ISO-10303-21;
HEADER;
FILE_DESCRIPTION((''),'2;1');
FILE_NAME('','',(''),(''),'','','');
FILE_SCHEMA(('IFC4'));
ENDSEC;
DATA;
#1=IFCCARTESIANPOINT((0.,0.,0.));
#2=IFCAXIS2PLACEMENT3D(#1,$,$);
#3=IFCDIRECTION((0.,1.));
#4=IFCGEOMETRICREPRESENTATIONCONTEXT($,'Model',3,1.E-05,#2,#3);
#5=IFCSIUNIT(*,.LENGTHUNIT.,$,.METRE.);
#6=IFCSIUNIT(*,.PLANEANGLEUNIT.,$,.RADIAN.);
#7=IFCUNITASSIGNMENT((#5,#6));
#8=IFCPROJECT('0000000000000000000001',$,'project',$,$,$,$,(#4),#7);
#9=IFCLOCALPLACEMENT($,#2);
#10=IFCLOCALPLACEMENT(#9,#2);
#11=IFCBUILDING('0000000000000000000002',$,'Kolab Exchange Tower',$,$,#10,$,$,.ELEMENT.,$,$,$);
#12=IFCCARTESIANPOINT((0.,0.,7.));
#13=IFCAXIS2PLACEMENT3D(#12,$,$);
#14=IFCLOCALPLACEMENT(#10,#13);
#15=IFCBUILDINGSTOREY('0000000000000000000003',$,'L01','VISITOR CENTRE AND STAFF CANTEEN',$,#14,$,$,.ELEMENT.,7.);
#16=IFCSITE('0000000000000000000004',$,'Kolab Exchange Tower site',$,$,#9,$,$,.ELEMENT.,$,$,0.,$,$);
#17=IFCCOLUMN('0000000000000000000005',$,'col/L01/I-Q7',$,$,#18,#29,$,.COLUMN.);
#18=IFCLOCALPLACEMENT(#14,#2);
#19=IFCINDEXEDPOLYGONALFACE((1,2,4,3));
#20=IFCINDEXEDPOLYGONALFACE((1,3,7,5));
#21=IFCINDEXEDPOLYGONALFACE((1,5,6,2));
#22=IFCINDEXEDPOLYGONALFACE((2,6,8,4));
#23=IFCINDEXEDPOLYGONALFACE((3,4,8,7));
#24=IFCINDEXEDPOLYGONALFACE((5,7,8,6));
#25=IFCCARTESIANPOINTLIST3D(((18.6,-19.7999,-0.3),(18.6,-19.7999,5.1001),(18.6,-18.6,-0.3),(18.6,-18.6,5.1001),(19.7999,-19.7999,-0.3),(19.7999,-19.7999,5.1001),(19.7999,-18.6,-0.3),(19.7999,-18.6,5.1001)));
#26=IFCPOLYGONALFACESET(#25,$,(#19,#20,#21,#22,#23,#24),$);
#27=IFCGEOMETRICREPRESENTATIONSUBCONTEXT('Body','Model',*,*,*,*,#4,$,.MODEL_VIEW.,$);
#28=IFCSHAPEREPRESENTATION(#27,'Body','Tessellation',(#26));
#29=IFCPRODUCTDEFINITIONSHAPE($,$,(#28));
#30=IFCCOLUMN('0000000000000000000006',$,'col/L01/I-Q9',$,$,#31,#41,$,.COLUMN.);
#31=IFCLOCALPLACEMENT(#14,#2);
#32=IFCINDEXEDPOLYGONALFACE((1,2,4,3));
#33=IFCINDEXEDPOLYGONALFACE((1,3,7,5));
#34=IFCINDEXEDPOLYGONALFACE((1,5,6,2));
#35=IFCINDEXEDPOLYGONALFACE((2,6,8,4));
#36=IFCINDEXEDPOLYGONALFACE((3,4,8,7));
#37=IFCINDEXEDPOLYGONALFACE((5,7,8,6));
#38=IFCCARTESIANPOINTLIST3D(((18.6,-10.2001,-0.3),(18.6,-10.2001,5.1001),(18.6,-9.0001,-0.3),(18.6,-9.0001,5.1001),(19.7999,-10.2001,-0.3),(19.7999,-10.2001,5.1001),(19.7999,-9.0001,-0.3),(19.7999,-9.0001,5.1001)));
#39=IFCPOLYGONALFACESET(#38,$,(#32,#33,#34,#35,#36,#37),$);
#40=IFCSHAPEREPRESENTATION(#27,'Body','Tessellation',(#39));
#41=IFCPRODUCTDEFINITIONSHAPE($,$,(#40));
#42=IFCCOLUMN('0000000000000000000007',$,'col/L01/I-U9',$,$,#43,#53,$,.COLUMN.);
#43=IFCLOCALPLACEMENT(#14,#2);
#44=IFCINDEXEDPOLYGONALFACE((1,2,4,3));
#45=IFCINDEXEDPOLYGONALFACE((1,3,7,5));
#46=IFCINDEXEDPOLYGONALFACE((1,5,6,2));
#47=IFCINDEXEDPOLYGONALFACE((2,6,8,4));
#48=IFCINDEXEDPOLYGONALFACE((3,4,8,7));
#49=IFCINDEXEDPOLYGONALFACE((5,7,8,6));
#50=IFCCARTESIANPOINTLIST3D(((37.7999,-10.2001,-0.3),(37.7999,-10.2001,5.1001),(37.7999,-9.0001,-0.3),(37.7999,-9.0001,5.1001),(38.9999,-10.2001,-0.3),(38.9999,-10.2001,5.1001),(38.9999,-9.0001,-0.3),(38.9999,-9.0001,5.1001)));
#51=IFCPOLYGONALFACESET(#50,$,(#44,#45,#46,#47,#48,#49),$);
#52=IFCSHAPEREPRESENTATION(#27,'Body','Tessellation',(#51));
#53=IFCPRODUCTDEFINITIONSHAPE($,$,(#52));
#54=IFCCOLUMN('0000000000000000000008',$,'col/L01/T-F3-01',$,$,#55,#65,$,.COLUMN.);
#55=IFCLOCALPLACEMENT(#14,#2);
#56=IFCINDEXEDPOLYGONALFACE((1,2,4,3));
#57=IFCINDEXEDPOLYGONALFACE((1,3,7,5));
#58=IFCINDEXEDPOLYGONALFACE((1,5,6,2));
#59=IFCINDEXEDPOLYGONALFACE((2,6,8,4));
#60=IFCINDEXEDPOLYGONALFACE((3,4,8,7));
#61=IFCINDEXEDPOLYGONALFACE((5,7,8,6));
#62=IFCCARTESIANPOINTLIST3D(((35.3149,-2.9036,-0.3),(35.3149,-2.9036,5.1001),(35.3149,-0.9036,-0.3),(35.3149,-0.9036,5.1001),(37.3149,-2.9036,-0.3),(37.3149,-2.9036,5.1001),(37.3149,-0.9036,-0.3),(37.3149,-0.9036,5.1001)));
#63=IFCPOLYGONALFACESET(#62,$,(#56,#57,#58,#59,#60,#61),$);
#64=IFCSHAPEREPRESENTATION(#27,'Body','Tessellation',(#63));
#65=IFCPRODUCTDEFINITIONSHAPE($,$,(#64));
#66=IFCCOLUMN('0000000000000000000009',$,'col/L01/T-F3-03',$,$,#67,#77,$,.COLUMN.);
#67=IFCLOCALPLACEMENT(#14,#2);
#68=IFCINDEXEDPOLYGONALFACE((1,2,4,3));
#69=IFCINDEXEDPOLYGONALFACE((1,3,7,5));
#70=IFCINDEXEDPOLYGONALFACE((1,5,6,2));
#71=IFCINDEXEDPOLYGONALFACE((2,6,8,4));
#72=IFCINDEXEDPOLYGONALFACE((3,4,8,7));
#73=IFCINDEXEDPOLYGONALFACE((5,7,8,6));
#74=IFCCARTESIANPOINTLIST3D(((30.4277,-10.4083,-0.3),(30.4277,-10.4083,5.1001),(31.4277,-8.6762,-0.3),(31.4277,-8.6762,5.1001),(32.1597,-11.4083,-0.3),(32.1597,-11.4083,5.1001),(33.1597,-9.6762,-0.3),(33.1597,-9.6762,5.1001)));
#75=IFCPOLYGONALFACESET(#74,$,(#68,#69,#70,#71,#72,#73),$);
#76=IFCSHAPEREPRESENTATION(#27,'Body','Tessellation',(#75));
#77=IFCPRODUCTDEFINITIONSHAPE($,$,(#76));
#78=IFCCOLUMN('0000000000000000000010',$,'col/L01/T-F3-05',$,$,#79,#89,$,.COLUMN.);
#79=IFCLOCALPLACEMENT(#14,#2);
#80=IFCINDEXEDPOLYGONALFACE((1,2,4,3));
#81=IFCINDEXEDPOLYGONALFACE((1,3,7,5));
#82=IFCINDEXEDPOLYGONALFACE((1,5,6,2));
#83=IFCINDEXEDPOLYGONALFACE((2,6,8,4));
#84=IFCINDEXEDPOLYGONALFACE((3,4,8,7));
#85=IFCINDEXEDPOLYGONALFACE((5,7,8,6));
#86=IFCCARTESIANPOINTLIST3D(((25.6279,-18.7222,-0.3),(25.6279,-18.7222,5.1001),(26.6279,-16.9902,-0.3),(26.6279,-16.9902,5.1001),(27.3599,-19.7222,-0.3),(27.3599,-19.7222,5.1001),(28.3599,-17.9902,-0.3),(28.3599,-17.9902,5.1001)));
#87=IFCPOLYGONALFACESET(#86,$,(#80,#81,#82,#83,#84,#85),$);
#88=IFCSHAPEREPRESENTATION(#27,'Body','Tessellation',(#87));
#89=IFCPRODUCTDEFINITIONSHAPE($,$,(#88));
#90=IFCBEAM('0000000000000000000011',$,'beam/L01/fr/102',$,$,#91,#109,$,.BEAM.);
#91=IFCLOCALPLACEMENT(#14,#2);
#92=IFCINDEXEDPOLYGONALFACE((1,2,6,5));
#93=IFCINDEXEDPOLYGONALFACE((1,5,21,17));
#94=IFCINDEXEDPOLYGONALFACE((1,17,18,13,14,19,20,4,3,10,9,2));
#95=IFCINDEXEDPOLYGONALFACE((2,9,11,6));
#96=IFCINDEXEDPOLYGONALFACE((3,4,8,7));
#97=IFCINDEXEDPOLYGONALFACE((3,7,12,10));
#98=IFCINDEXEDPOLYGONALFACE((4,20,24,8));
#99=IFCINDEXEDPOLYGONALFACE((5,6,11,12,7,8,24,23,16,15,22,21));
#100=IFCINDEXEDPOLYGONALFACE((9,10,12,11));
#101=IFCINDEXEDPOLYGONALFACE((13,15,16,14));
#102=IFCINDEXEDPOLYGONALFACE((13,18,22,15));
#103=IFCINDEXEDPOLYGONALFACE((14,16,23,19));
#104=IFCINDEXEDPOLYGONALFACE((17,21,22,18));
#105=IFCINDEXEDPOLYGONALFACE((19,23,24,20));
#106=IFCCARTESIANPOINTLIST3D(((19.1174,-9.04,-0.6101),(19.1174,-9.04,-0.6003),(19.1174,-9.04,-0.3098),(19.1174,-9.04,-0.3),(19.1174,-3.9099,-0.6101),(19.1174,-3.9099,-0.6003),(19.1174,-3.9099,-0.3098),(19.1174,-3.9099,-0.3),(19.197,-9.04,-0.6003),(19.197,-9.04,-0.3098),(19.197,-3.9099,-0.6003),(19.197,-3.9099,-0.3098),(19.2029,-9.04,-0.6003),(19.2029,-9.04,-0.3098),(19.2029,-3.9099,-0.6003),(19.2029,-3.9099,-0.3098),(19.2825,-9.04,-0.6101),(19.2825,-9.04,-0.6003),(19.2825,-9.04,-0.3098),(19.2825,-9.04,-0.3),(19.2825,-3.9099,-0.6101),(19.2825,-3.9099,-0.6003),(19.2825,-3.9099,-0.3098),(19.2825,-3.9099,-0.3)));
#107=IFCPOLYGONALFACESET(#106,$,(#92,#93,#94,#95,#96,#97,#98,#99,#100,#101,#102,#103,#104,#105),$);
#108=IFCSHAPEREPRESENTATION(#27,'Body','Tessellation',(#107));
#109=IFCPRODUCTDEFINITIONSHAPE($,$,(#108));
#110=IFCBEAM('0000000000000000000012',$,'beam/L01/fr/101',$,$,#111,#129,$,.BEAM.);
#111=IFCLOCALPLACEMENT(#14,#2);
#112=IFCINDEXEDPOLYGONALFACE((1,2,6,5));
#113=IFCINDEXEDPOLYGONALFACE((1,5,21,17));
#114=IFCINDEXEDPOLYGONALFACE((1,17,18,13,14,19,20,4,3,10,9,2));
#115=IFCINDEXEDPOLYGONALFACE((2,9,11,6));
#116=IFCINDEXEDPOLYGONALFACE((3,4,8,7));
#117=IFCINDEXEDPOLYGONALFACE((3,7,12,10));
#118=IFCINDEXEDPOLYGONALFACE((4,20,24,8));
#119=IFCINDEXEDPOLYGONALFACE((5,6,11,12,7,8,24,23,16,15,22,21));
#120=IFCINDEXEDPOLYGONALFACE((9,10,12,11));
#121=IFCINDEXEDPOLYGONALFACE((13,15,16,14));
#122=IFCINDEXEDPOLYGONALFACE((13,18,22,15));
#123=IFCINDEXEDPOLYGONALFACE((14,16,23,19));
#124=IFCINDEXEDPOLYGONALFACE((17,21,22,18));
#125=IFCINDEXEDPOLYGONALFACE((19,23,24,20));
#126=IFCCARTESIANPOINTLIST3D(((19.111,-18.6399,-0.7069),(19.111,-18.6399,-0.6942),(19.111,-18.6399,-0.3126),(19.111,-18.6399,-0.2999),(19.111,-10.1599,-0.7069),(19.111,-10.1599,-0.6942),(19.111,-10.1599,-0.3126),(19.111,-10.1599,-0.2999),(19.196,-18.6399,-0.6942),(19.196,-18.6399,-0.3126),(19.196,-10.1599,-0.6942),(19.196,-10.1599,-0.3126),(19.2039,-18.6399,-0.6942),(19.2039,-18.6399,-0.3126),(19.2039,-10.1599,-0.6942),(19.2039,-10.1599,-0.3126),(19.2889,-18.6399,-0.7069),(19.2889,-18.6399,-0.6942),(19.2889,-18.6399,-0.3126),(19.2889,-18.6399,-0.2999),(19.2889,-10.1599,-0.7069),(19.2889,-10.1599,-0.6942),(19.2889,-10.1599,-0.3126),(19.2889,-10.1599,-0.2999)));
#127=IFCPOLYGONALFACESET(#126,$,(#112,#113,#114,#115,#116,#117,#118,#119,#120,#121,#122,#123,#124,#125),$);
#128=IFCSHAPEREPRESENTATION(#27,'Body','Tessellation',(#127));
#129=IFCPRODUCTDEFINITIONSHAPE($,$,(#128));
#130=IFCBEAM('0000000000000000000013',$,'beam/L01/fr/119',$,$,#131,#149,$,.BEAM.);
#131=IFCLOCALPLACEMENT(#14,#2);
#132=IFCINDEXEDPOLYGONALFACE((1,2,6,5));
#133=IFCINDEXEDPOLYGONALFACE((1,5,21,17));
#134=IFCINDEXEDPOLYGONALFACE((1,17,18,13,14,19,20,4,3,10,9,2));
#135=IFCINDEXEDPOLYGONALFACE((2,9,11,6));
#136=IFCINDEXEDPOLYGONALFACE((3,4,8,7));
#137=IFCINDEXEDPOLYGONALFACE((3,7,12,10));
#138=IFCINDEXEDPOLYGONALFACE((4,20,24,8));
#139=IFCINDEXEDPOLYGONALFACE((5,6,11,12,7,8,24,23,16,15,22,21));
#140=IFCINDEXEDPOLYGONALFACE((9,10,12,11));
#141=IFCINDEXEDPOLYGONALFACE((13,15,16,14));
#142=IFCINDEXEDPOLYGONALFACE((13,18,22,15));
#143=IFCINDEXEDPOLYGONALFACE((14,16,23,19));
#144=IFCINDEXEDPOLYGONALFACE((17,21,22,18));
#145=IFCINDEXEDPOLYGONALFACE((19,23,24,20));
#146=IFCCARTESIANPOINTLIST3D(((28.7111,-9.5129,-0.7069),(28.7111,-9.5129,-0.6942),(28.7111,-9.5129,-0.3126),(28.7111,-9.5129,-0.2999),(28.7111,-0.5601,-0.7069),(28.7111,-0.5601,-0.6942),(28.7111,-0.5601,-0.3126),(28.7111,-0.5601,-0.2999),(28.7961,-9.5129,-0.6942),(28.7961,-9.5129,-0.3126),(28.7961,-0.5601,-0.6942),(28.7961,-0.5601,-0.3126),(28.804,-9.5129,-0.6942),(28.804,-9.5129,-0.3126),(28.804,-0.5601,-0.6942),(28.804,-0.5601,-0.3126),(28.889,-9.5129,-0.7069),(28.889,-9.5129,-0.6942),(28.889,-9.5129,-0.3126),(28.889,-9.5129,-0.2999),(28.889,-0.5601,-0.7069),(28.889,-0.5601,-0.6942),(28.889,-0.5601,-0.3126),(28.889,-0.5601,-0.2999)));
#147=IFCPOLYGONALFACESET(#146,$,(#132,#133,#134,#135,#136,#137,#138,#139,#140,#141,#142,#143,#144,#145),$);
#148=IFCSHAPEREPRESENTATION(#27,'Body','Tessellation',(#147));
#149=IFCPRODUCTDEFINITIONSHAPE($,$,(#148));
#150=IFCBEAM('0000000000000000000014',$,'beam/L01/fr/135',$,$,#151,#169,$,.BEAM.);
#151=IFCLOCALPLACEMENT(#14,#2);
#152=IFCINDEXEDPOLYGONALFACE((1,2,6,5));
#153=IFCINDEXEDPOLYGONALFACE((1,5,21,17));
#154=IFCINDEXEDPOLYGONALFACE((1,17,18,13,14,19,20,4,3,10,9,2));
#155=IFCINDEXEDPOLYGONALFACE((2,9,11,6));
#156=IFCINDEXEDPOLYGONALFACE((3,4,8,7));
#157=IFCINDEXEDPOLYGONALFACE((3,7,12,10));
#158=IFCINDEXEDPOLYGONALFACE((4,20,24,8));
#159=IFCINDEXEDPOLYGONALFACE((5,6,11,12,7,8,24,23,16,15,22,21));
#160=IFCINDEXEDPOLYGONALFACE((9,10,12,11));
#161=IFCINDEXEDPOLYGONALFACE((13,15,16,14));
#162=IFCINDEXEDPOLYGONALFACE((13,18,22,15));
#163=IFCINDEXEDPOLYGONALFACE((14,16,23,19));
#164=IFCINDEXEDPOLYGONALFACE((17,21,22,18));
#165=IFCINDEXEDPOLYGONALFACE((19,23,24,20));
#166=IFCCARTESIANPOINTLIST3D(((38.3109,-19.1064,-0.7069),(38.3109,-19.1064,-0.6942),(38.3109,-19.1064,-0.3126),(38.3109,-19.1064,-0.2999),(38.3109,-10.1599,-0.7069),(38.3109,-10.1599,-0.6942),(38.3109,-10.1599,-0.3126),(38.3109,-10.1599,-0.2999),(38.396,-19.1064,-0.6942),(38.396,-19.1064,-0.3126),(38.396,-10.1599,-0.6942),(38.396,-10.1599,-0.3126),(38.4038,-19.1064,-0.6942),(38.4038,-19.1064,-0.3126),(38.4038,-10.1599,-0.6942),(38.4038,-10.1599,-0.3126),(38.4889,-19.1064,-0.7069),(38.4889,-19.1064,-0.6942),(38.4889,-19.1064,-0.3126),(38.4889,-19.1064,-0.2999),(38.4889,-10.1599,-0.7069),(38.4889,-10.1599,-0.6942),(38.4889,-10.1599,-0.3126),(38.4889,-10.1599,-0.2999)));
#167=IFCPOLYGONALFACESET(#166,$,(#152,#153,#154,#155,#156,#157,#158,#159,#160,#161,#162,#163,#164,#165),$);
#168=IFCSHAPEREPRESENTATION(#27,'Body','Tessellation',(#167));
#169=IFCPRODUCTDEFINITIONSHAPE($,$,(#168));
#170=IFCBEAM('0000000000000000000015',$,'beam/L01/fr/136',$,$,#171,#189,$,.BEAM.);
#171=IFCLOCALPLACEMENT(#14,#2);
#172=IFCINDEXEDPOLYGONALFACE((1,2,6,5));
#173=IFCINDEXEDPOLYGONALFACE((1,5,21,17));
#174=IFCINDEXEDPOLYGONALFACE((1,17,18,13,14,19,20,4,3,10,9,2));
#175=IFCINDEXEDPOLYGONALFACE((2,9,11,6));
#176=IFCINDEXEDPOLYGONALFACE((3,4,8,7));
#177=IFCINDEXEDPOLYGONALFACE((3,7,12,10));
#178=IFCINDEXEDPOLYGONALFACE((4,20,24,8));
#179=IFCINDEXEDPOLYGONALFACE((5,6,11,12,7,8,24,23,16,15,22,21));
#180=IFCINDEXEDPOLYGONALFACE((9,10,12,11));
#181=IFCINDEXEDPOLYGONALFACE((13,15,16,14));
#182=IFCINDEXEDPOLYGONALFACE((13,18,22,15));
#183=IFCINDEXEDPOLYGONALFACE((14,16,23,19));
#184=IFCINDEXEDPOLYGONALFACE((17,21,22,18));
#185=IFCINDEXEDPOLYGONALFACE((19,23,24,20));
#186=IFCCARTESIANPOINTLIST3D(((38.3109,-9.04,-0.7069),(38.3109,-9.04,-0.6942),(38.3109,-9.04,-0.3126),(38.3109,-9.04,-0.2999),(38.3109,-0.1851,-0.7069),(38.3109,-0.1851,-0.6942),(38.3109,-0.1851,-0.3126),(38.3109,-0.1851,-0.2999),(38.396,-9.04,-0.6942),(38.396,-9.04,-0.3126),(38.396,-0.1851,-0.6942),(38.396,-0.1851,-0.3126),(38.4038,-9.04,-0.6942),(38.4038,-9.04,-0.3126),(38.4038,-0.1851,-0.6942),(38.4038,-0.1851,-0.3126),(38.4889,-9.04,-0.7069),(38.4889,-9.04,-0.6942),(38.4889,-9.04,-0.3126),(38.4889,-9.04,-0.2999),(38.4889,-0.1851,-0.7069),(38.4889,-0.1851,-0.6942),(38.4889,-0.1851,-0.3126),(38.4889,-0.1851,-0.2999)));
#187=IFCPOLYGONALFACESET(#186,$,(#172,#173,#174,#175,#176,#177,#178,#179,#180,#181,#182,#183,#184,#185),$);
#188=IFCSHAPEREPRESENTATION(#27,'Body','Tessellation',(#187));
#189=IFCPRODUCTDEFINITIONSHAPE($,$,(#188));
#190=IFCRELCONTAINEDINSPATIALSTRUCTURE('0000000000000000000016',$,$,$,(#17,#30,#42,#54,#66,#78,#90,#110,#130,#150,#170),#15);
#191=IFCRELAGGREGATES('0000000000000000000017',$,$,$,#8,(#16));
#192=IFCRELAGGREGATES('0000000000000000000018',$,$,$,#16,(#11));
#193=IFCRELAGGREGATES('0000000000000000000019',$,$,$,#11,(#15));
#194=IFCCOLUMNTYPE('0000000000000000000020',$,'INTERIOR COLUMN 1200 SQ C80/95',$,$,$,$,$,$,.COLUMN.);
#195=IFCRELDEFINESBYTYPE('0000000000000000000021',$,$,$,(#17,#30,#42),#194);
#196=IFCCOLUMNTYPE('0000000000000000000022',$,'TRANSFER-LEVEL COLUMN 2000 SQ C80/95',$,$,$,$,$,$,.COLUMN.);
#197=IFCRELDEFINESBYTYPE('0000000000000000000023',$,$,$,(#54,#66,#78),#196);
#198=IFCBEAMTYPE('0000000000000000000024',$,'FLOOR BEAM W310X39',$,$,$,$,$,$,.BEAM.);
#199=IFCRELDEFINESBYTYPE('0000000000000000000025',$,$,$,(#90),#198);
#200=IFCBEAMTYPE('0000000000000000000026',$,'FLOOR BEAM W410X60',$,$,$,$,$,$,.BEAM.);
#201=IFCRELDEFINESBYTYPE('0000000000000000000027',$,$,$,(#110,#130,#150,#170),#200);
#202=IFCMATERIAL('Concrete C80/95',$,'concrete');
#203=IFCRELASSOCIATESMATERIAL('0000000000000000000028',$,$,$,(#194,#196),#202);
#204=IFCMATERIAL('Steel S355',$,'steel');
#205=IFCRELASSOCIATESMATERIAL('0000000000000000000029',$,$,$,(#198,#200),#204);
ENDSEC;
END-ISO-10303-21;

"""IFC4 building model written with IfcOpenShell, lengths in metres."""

from ifc_helpers import new_model, si_unit, direction, frame, origin, origin_2d, place, context, subcontext, project, spatial, rectangle, i_section, extrude, material, material_profile, profile_set, type_object, element, save


model = new_model("IFC4")

# Units and contexts
model_context = context("Model", 3, precision=1e-05, world=origin(), true_north=direction((0.0, 1.0)))
body_context = subcontext(model_context, "Body", "Model", "MODEL_VIEW")
ifc_project = project(units=[si_unit("LENGTHUNIT", "METRE"), si_unit("PLANEANGLEUNIT", "RADIAN")], contexts=[model_context])

# Site, building, storey
site_placement = place(None, origin())
site = spatial("IfcSite", under=ifc_project, at=site_placement, Name="Kolab Exchange Tower site", CompositionType="ELEMENT", RefElevation=0.0)
building_placement = place(site_placement, origin())
building = spatial("IfcBuilding", under=site, at=building_placement, Name="Kolab Exchange Tower", CompositionType="ELEMENT")
storey_placement = place(building_placement, frame((0.0, 0.0, 7.0)))
storey = spatial("IfcBuildingStorey", under=building, at=storey_placement, Name="L01", Description="VISITOR CENTRE AND STAFF CANTEEN", CompositionType="ELEMENT", Elevation=7.0)

# Columns
ifc_material_1 = material(Name="Concrete C80/95", Category="concrete")
ifc_material_profile_1 = material_profile(ifc_material_1, rectangle(XDim=1.2, YDim=1.2, at=origin_2d()), Name="RC1200")
ifc_profile_set_1 = profile_set([ifc_material_profile_1], Name="Concrete C80/95")
column_type_1 = type_object("IfcColumnType", Name="INTERIOR COLUMN 1200 SQ C80/95", PredefinedType="COLUMN", material=ifc_profile_set_1)
for number, where, z_axis, x_axis, name in (
    (1, (19.2, -19.2, -0.3), (0.0, 0.0, 1.0), (1.0, 0.0, 0.0), "col/L01/I-Q7"),
    (2, (19.2, -9.6001, -0.3), (0.0, 0.0, 1.0), (1.0, 0.0, 0.0), "col/L01/I-Q9"),
    (3, (38.3999, -9.6001, -0.3), (0.0, 0.0, 1.0), (1.0, 0.0, 0.0), "col/L01/I-U9"),
):
    element("IfcColumn", number, at=place(storey_placement, frame(where, z_axis=z_axis, x_axis=x_axis)), inside=storey, type_object=column_type_1, Name=name, PredefinedType="COLUMN", context=body_context, shape_type="SweptSolid", body=[
        extrude(rectangle(XDim=1.2, YDim=1.2, at=origin_2d()), origin(), (0.0, 0.0, 1.0), 5.4001),
    ])
ifc_material_profile_2 = material_profile(ifc_material_1, rectangle(XDim=2.0, YDim=2.0, at=origin_2d()), Name="RC2000")
ifc_profile_set_2 = profile_set([ifc_material_profile_2], Name="Concrete C80/95")
column_type_2 = type_object("IfcColumnType", Name="TRANSFER-LEVEL COLUMN 2000 SQ C80/95", PredefinedType="COLUMN", material=ifc_profile_set_2)
for number, where, z_axis, x_axis, name in (
    (4, (36.3149, -1.9036, -0.3), (0.0, 0.0, 1.0), (1.0, 0.0, 0.0), "col/L01/T-F3-01"),
    (5, (31.7937, -10.0422, -0.3), (0.0, 0.0, 1.0), (0.5, 0.866025, 0.0), "col/L01/T-F3-03"),
    (6, (26.9939, -18.3562, -0.3), (0.0, 0.0, 1.0), (0.5, 0.866025, 0.0), "col/L01/T-F3-05"),
):
    element("IfcColumn", number, at=place(storey_placement, frame(where, z_axis=z_axis, x_axis=x_axis)), inside=storey, type_object=column_type_2, Name=name, PredefinedType="COLUMN", context=body_context, shape_type="SweptSolid", body=[
        extrude(rectangle(XDim=2.0, YDim=2.0, at=origin_2d()), origin(), (0.0, 0.0, 1.0), 5.4001),
    ])

# Beams
ifc_material_2 = material(Name="Steel S355", Category="steel")
ifc_material_profile_3 = material_profile(ifc_material_2, i_section(OverallWidth=0.165, OverallDepth=0.3101, WebThickness=0.0059, FlangeThickness=0.0098, at=origin_2d()), Name="W310X39")
ifc_profile_set_3 = profile_set([ifc_material_profile_3], Name="Steel S355")
beam_type_1 = type_object("IfcBeamType", Name="FLOOR BEAM W310X39", PredefinedType="BEAM", material=ifc_profile_set_3)
beam_1_placement = place(storey_placement, frame((19.2, -9.04, -0.4551), z_axis=(0.0, 1.0, 0.0), x_axis=(-1.0, 0.0, 0.0)))
element("IfcBeam", 7, at=beam_1_placement, inside=storey, type_object=beam_type_1, Name="beam/L01/fr/102", PredefinedType="BEAM", context=body_context, shape_type="SweptSolid", body=[
    extrude(i_section(OverallWidth=0.165, OverallDepth=0.3101, WebThickness=0.0059, FlangeThickness=0.0098, at=origin_2d()), origin(), (0.0, 0.0, 1.0), 5.1301),
])
ifc_material_profile_4 = material_profile(ifc_material_2, i_section(OverallWidth=0.178, OverallDepth=0.407, WebThickness=0.0078, FlangeThickness=0.0127, at=origin_2d()), Name="W410X60")
ifc_profile_set_4 = profile_set([ifc_material_profile_4], Name="Steel S355")
beam_type_2 = type_object("IfcBeamType", Name="FLOOR BEAM W410X60", PredefinedType="BEAM", material=ifc_profile_set_4)
beam_2_placement = place(storey_placement, frame((19.2, -18.6399, -0.5034), z_axis=(0.0, 1.0, 0.0), x_axis=(-1.0, 0.0, 0.0)))
element("IfcBeam", 8, at=beam_2_placement, inside=storey, type_object=beam_type_2, Name="beam/L01/fr/101", PredefinedType="BEAM", context=body_context, shape_type="SweptSolid", body=[
    extrude(i_section(OverallWidth=0.178, OverallDepth=0.407, WebThickness=0.0078, FlangeThickness=0.0127, at=origin_2d()), origin(), (0.0, 0.0, 1.0), 8.48),
])
beam_3_placement = place(storey_placement, frame((28.8, -9.5129, -0.5034), z_axis=(0.0, 1.0, 0.0), x_axis=(-1.0, 0.0, 0.0)))
element("IfcBeam", 9, at=beam_3_placement, inside=storey, type_object=beam_type_2, Name="beam/L01/fr/119", PredefinedType="BEAM", context=body_context, shape_type="SweptSolid", body=[
    extrude(i_section(OverallWidth=0.178, OverallDepth=0.407, WebThickness=0.0078, FlangeThickness=0.0127, at=origin_2d()), origin(), (0.0, 0.0, 1.0), 8.9529),
])
beam_4_placement = place(storey_placement, frame((38.3999, -19.1064, -0.5034), z_axis=(0.0, 1.0, 0.0), x_axis=(-1.0, 0.0, 0.0)))
element("IfcBeam", 10, at=beam_4_placement, inside=storey, type_object=beam_type_2, Name="beam/L01/fr/135", PredefinedType="BEAM", context=body_context, shape_type="SweptSolid", body=[
    extrude(i_section(OverallWidth=0.178, OverallDepth=0.407, WebThickness=0.0078, FlangeThickness=0.0127, at=origin_2d()), origin(), (0.0, 0.0, 1.0), 8.9465),
])
beam_5_placement = place(storey_placement, frame((38.3999, -9.04, -0.5034), z_axis=(0.0, 1.0, 0.0), x_axis=(-1.0, 0.0, 0.0)))
element("IfcBeam", 11, at=beam_5_placement, inside=storey, type_object=beam_type_2, Name="beam/L01/fr/136", PredefinedType="BEAM", context=body_context, shape_type="SweptSolid", body=[
    extrude(i_section(OverallWidth=0.178, OverallDepth=0.407, WebThickness=0.0078, FlangeThickness=0.0127, at=origin_2d()), origin(), (0.0, 0.0, 1.0), 8.855),
])

save(model, "model.ifc")
